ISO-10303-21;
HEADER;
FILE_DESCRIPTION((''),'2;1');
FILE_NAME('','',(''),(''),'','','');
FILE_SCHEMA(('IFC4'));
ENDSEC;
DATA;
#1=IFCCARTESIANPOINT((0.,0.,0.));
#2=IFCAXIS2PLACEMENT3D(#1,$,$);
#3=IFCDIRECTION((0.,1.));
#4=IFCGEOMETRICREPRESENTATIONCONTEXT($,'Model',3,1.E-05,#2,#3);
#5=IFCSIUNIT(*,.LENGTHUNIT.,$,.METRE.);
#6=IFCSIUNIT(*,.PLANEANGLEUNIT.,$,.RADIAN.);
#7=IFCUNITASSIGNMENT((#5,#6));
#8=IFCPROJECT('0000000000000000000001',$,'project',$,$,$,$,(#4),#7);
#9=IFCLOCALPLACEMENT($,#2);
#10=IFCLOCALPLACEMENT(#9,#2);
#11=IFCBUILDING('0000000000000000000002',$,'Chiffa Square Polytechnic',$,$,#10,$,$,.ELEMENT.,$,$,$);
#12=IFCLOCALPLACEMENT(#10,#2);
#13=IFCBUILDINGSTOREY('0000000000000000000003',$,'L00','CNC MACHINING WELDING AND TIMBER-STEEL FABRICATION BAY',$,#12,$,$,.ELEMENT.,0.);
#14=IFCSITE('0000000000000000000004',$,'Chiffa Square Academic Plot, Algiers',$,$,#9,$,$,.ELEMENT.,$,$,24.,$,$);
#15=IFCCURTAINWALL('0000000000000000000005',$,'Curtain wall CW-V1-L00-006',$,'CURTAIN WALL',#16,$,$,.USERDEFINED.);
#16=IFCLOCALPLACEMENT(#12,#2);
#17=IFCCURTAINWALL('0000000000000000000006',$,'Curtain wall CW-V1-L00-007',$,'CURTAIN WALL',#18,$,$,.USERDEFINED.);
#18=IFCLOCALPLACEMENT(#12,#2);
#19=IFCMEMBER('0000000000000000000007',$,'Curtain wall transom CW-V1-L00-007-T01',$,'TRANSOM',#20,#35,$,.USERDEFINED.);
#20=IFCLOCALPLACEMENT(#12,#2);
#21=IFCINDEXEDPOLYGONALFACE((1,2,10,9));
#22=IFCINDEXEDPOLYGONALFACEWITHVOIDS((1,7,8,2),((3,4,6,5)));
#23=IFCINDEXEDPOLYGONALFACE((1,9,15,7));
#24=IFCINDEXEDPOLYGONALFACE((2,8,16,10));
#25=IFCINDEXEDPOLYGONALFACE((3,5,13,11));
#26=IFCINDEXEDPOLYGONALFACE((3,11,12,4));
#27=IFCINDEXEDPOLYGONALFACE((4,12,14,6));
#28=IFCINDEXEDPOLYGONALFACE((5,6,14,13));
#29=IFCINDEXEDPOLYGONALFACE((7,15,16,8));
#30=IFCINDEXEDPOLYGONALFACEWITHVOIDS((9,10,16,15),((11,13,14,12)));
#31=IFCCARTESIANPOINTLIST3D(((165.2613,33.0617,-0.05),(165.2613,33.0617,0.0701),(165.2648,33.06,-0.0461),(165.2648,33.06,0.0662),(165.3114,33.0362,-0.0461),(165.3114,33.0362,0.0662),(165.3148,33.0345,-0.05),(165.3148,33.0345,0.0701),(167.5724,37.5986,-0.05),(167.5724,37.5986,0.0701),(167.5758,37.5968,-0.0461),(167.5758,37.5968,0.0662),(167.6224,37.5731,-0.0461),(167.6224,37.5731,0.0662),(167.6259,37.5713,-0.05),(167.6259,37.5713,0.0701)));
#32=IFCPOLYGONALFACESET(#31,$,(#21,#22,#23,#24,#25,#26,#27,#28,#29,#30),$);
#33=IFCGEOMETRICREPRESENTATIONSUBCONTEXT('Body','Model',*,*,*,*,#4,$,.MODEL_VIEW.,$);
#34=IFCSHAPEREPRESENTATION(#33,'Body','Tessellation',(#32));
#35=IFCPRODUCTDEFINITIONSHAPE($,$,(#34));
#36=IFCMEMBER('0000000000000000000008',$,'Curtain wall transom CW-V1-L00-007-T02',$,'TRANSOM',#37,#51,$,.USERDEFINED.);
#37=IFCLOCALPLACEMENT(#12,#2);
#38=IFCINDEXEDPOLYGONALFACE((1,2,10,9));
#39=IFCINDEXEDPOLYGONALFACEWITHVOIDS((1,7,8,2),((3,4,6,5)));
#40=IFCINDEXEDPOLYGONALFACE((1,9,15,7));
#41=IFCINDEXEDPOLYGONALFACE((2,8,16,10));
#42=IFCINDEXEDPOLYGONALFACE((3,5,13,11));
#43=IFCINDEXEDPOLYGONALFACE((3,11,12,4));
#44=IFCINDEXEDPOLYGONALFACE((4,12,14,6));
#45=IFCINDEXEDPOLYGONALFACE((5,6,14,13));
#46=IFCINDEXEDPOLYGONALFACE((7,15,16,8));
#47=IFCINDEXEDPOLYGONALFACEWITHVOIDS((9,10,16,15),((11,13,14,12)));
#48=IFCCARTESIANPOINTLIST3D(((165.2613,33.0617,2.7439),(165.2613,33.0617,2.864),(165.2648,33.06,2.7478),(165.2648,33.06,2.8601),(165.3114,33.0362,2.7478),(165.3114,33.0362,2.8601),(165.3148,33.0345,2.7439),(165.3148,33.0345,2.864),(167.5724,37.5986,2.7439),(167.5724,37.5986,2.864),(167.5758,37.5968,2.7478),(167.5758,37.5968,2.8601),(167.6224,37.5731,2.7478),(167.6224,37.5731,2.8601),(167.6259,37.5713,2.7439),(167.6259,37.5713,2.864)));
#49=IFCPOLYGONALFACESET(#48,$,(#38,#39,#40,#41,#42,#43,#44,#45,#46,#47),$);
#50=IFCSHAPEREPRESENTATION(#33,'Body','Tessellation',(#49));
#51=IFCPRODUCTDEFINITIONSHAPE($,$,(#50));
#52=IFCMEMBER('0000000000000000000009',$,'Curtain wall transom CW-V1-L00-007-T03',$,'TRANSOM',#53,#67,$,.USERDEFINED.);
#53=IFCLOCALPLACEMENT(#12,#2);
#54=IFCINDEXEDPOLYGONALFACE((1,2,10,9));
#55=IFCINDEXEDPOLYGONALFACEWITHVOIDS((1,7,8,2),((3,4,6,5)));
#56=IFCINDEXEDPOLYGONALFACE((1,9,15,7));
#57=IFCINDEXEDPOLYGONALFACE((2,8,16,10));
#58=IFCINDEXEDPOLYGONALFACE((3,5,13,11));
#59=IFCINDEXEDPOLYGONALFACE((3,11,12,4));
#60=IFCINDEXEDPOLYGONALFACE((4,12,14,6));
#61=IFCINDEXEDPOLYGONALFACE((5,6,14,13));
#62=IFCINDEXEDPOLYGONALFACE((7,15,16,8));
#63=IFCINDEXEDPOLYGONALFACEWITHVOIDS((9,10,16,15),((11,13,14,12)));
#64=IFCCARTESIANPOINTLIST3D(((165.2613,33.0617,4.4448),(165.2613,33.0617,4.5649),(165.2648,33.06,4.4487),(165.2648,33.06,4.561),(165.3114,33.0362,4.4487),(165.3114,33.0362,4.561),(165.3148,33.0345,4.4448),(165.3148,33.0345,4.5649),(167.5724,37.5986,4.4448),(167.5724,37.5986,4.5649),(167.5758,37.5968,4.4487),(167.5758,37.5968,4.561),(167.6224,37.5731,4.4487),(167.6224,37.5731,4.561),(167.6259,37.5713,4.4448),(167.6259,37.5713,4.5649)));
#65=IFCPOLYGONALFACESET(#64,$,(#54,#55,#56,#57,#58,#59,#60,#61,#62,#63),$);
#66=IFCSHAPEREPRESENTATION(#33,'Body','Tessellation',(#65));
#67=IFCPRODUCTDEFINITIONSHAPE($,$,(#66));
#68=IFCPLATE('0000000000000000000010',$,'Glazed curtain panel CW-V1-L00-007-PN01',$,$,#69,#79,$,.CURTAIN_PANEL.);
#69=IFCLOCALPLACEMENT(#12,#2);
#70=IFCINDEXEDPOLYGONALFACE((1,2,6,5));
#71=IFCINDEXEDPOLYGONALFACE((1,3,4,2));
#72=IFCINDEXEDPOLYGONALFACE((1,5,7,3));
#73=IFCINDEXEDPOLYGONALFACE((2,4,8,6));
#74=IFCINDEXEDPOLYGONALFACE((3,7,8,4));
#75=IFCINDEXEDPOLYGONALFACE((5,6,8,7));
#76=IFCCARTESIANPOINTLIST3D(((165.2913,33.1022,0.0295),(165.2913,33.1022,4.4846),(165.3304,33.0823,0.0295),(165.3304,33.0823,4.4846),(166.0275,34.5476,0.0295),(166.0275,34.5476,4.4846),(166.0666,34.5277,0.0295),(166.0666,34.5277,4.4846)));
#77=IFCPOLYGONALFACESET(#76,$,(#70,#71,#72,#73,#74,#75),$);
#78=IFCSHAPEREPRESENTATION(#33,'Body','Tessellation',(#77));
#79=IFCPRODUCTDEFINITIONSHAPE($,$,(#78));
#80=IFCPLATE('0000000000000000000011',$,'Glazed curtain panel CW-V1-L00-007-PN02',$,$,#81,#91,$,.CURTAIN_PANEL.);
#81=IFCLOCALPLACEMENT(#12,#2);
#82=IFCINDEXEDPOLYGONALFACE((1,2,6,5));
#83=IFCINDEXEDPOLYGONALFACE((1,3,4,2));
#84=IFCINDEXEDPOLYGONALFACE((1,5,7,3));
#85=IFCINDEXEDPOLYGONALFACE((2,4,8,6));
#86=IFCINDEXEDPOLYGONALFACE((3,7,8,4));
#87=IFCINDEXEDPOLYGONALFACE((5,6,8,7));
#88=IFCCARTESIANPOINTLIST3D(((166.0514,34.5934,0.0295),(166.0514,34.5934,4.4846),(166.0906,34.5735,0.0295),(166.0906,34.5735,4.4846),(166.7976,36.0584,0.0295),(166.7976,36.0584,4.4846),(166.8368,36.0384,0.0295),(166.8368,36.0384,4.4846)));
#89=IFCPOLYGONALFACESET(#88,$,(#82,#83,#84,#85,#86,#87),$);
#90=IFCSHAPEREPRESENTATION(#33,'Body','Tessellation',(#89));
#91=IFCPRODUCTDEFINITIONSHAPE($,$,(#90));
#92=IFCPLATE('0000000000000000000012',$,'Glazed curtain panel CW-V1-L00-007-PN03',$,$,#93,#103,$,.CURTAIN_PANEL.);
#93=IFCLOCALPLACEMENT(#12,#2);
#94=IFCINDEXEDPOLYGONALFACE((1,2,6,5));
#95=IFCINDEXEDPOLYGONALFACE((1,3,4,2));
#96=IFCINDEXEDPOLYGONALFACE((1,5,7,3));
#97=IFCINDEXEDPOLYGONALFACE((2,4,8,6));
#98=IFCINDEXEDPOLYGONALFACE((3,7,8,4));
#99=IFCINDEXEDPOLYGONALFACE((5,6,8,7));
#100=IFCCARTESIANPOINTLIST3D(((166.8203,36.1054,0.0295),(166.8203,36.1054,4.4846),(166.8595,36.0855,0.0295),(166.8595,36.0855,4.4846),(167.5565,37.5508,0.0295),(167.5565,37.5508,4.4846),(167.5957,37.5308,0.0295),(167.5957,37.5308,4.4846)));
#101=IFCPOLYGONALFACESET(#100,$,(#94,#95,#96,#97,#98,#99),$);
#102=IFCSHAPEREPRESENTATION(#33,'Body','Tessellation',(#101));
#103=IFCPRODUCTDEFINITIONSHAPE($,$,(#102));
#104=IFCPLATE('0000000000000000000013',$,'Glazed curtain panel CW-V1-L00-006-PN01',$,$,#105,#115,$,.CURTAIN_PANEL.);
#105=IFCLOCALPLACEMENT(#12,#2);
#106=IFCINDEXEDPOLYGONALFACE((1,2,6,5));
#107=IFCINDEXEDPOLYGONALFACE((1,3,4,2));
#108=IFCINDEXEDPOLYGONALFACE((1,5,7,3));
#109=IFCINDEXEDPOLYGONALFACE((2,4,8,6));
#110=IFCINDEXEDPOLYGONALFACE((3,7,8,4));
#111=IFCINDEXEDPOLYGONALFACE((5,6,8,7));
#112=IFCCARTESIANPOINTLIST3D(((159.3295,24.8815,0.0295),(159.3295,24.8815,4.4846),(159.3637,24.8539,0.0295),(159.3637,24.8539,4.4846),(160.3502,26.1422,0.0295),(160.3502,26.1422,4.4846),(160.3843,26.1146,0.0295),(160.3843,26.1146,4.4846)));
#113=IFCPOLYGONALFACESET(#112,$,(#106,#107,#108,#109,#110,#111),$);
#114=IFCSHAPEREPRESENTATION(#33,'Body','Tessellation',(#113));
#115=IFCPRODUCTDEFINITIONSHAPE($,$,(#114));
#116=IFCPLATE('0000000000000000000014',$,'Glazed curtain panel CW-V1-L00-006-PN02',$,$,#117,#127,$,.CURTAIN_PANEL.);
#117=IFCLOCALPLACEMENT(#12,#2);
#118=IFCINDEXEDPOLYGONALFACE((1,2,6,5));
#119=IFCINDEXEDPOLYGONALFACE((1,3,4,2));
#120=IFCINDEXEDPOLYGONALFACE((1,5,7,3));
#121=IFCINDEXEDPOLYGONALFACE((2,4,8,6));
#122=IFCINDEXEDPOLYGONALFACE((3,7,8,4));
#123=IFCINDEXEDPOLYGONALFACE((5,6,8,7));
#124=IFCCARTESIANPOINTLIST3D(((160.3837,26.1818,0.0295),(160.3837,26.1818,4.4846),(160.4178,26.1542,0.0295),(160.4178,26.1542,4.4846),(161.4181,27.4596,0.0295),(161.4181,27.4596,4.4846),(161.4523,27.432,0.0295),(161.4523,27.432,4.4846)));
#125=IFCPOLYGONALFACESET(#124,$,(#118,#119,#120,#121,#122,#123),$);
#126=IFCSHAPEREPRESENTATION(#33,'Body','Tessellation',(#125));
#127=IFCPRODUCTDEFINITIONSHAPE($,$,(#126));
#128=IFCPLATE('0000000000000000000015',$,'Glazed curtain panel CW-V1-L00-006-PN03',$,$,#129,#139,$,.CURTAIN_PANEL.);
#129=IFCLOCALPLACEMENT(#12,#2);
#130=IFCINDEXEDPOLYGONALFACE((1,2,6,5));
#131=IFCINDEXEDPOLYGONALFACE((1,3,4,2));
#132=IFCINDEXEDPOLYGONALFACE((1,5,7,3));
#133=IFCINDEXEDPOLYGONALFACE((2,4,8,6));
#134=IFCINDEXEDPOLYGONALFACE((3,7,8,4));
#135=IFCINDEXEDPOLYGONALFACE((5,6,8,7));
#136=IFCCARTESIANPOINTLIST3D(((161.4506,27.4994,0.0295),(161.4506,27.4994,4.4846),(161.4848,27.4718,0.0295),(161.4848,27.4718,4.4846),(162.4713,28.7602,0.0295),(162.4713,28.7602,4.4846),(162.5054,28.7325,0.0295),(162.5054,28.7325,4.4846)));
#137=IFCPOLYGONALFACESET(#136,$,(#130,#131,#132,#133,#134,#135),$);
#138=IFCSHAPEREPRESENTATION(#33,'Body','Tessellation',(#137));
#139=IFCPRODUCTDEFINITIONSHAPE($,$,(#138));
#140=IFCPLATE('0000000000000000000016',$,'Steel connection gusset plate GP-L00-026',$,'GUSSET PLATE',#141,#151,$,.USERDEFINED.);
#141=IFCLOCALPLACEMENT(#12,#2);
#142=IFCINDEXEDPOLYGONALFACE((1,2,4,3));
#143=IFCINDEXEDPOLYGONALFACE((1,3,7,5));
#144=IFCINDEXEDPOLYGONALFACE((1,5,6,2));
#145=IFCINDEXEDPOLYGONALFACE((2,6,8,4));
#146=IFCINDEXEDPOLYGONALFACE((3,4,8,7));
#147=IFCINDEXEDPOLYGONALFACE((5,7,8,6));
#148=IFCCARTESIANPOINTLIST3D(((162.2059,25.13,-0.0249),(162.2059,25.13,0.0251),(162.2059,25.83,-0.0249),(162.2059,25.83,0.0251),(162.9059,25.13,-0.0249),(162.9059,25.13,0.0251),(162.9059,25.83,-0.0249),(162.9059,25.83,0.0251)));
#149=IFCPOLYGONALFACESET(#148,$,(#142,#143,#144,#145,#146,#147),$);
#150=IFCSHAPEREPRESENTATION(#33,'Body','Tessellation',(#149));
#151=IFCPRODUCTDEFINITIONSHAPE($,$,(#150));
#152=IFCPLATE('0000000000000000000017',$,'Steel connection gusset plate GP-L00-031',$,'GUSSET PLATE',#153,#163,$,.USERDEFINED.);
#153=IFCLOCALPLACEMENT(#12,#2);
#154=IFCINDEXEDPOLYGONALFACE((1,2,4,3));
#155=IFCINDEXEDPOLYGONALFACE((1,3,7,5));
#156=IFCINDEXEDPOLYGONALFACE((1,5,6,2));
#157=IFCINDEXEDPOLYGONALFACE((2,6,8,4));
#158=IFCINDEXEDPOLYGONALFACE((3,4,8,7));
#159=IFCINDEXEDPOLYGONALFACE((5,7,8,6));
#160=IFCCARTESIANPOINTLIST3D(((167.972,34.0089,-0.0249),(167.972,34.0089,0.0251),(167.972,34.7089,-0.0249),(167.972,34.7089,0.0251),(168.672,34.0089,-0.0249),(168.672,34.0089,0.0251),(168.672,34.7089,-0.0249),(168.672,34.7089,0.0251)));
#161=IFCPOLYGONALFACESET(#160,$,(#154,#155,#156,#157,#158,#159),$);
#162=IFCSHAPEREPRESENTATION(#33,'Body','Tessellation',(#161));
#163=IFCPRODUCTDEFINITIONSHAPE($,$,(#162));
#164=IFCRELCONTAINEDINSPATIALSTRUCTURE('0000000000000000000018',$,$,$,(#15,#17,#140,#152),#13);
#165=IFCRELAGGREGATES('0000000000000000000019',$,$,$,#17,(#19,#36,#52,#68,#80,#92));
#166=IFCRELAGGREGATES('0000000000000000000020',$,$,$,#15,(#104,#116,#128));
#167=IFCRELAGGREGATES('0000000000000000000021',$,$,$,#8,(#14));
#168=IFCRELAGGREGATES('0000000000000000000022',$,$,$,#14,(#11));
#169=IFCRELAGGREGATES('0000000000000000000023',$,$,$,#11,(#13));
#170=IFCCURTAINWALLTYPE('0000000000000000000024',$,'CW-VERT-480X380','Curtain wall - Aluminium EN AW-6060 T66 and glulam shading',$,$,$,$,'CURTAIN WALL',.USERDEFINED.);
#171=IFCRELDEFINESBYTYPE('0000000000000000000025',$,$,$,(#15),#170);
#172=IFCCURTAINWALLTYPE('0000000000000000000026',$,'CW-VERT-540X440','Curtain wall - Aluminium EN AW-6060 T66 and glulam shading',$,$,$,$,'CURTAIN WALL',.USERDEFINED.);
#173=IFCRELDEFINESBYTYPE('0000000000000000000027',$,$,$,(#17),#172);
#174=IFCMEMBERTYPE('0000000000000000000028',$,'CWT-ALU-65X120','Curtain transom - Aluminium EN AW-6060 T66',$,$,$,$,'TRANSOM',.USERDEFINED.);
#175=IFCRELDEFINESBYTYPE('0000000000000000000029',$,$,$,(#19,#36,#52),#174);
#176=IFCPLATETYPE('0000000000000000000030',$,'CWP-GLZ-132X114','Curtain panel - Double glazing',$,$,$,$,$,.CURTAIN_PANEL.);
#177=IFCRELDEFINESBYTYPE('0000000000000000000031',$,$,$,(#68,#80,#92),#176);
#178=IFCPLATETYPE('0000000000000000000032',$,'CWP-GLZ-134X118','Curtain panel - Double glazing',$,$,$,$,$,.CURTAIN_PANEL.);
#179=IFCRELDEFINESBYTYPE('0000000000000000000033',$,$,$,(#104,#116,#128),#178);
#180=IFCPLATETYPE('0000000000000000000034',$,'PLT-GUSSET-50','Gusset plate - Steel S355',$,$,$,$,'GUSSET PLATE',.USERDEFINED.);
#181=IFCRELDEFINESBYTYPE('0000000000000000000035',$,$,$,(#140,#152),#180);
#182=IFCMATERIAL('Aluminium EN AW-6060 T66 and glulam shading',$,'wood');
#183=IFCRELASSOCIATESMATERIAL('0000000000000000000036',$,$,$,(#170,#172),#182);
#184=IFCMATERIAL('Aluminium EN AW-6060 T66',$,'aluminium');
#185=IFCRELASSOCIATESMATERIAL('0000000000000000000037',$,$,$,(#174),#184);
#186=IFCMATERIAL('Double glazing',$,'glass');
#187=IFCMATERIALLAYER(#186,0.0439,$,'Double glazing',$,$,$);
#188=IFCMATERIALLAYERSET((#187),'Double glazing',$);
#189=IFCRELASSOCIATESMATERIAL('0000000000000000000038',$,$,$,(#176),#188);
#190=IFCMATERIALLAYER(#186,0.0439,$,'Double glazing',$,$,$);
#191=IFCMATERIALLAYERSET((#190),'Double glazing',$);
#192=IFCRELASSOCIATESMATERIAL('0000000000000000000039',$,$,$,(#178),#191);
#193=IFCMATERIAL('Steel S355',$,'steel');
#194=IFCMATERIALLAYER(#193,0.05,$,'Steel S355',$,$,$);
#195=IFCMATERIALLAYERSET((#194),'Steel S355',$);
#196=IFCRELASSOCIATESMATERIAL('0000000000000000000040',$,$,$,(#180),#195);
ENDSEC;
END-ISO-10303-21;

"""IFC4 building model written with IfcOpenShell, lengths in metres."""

from ifc_helpers import new_model, si_unit, direction, frame, origin, origin_2d, place, context, subcontext, project, spatial, rectangle, hollow_rectangle, extrude, material, layer, layer_set, material_profile, profile_set, type_object, element, aggregate, save


model = new_model("IFC4")

# Units and contexts
model_context = context("Model", 3, precision=1e-05, world=origin(), true_north=direction((0.0, 1.0)))
body_context = subcontext(model_context, "Body", "Model", "MODEL_VIEW")
ifc_project = project(units=[si_unit("LENGTHUNIT", "METRE"), si_unit("PLANEANGLEUNIT", "RADIAN")], contexts=[model_context])

# Site, building, storey
site_placement = place(None, origin())
site = spatial("IfcSite", under=ifc_project, at=site_placement, Name="Chiffa Square Academic Plot, Algiers", CompositionType="ELEMENT", RefElevation=24.0)
building_placement = place(site_placement, origin())
building = spatial("IfcBuilding", under=site, at=building_placement, Name="Chiffa Square Polytechnic", CompositionType="ELEMENT")
storey_placement = place(building_placement, origin())
storey = spatial("IfcBuildingStorey", under=building, at=storey_placement, Name="L00", Description="CNC MACHINING WELDING AND TIMBER-STEEL FABRICATION BAY", CompositionType="ELEMENT", Elevation=0.0)

# Shared definitions
ifc_material_1 = material(Name="Steel S355", Category="steel")

# Curtain walls
ifc_material_2 = material(Name="Aluminium EN AW-6060 T66 and glulam shading", Category="wood")
curtain_wall_type_1 = type_object("IfcCurtainWallType", Name="CW-VERT-480X380", Description="Curtain wall - Aluminium EN AW-6060 T66 and glulam shading", ElementType="CURTAIN WALL", PredefinedType="USERDEFINED", material=ifc_material_2)
curtain_wall_1_placement = place(storey_placement, origin())
curtain_wall_1 = element("IfcCurtainWall", 1, at=curtain_wall_1_placement, inside=storey, type_object=curtain_wall_type_1, Name="Curtain wall CW-V1-L00-006", ObjectType="CURTAIN WALL", PredefinedType="USERDEFINED")
ifc_material_3 = material(Name="Aluminium EN AW-6060 T66", Category="aluminium")
curtain_wall_type_2 = type_object("IfcCurtainWallType", Name="CW-VERT-540X440", Description="Curtain wall - Aluminium EN AW-6060 T66 and glulam shading", ElementType="CURTAIN WALL", PredefinedType="USERDEFINED", material=ifc_material_2)
curtain_wall_2_placement = place(storey_placement, origin())
curtain_wall_2 = element("IfcCurtainWall", 2, at=curtain_wall_2_placement, inside=storey, type_object=curtain_wall_type_2, Name="Curtain wall CW-V1-L00-007", ObjectType="CURTAIN WALL", PredefinedType="USERDEFINED")

# Members
ifc_material_profile_1 = material_profile(ifc_material_3, hollow_rectangle(XDim=0.0601, YDim=0.1201, WallThickness=0.0039, at=origin_2d()), Name="ALU 60x120x4")
ifc_profile_set_1 = profile_set([ifc_material_profile_1], Name="Aluminium EN AW-6060 T66")
member_type_1 = type_object("IfcMemberType", Name="CWT-ALU-65X120", Description="Curtain transom - Aluminium EN AW-6060 T66", ElementType="TRANSOM", PredefinedType="USERDEFINED", material=ifc_profile_set_1)
member_1_placement = place(storey_placement, frame((165.2881, 33.0481, 0.01), z_axis=(0.453895, 0.891055, 0.0), x_axis=(-0.891055, 0.453895, 0.0)))
member_1 = element("IfcMember", 3, at=member_1_placement, type_object=member_type_1, Name="Curtain wall transom CW-V1-L00-007-T01", ObjectType="TRANSOM", PredefinedType="USERDEFINED", context=body_context, shape_type="SweptSolid", body=[
    extrude(hollow_rectangle(XDim=0.0601, YDim=0.1201, WallThickness=0.0039, at=origin_2d()), origin(), (0.0, 0.0, 1.0), 5.0916),
])
member_2_placement = place(storey_placement, frame((165.2881, 33.0481, 2.804), z_axis=(0.453895, 0.891055, 0.0), x_axis=(-0.891055, 0.453895, 0.0)))
member_2 = element("IfcMember", 4, at=member_2_placement, type_object=member_type_1, Name="Curtain wall transom CW-V1-L00-007-T02", ObjectType="TRANSOM", PredefinedType="USERDEFINED", context=body_context, shape_type="SweptSolid", body=[
    extrude(hollow_rectangle(XDim=0.0601, YDim=0.1201, WallThickness=0.0039, at=origin_2d()), origin(), (0.0, 0.0, 1.0), 5.0916),
])
member_3_placement = place(storey_placement, frame((165.2881, 33.0481, 4.5049), z_axis=(0.453895, 0.891055, 0.0), x_axis=(-0.891055, 0.453895, 0.0)))
member_3 = element("IfcMember", 5, at=member_3_placement, type_object=member_type_1, Name="Curtain wall transom CW-V1-L00-007-T03", ObjectType="TRANSOM", PredefinedType="USERDEFINED", context=body_context, shape_type="SweptSolid", body=[
    extrude(hollow_rectangle(XDim=0.0601, YDim=0.1201, WallThickness=0.0039, at=origin_2d()), origin(), (0.0, 0.0, 1.0), 5.0916),
])

# Plates
ifc_material_4 = material(Name="Double glazing", Category="glass")
ifc_layer_1 = layer(ifc_material_4, 0.0439, Name="Double glazing")
ifc_layer_set_1 = layer_set([ifc_layer_1], Name="Double glazing")
plate_type_1 = type_object("IfcPlateType", Name="CWP-GLZ-132X114", Description="Curtain panel - Double glazing", PredefinedType="CURTAIN_PANEL", material=ifc_layer_set_1)
plate_1_placement = place(storey_placement, frame((165.679, 33.8149, 0.0295), z_axis=(0.0, 0.0, 1.0), x_axis=(0.453882, 0.891062, 0.0)))
plate_1 = element("IfcPlate", 6, at=plate_1_placement, type_object=plate_type_1, Name="Glazed curtain panel CW-V1-L00-007-PN01", PredefinedType="CURTAIN_PANEL", context=body_context, shape_type="SweptSolid", body=[
    extrude(rectangle(XDim=1.6221, YDim=0.0439, at=origin_2d()), origin(), (0.0, 0.0, 1.0), 4.4551),
])
plate_2_placement = place(storey_placement, frame((166.4441, 35.3159, 0.0295), z_axis=(0.0, 0.0, 1.0), x_axis=(0.453882, 0.891062, 0.0)))
plate_2 = element("IfcPlate", 7, at=plate_2_placement, type_object=plate_type_1, Name="Glazed curtain panel CW-V1-L00-007-PN02", PredefinedType="CURTAIN_PANEL", context=body_context, shape_type="SweptSolid", body=[
    extrude(rectangle(XDim=1.644, YDim=0.0439, at=origin_2d()), origin(), (0.0, 0.0, 1.0), 4.4551),
])
plate_3_placement = place(storey_placement, frame((167.208, 36.8181, 0.0295), z_axis=(0.0, 0.0, 1.0), x_axis=(0.453882, 0.891062, 0.0)))
plate_3 = element("IfcPlate", 8, at=plate_3_placement, type_object=plate_type_1, Name="Glazed curtain panel CW-V1-L00-007-PN03", PredefinedType="CURTAIN_PANEL", context=body_context, shape_type="SweptSolid", body=[
    extrude(rectangle(XDim=1.6221, YDim=0.0439, at=origin_2d()), origin(), (0.0, 0.0, 1.0), 4.4551),
])
aggregate(curtain_wall_2, [member_1, member_2, member_3, plate_1, plate_2, plate_3])
ifc_layer_2 = layer(ifc_material_4, 0.0439, Name="Double glazing")
ifc_layer_set_2 = layer_set([ifc_layer_2], Name="Double glazing")
plate_type_2 = type_object("IfcPlateType", Name="CWP-GLZ-134X118", Description="Curtain panel - Double glazing", PredefinedType="CURTAIN_PANEL", material=ifc_layer_set_2)
plate_4_placement = place(storey_placement, frame((159.8569, 25.498, 0.0295), z_axis=(0.0, 0.0, 1.0), x_axis=(0.629212, 0.777234, 0.0)))
plate_4 = element("IfcPlate", 9, at=plate_4_placement, type_object=plate_type_2, Name="Glazed curtain panel CW-V1-L00-006-PN01", PredefinedType="CURTAIN_PANEL", context=body_context, shape_type="SweptSolid", body=[
    extrude(rectangle(XDim=1.6221, YDim=0.0439, at=origin_2d()), origin(), (0.0, 0.0, 1.0), 4.4551),
])
plate_5_placement = place(storey_placement, frame((160.918, 26.8069, 0.0295), z_axis=(0.0, 0.0, 1.0), x_axis=(0.629212, 0.777234, 0.0)))
plate_5 = element("IfcPlate", 10, at=plate_5_placement, type_object=plate_type_2, Name="Glazed curtain panel CW-V1-L00-006-PN02", PredefinedType="CURTAIN_PANEL", context=body_context, shape_type="SweptSolid", body=[
    extrude(rectangle(XDim=1.644, YDim=0.0439, at=origin_2d()), origin(), (0.0, 0.0, 1.0), 4.4551),
])
plate_6_placement = place(storey_placement, frame((161.978, 28.116, 0.0295), z_axis=(0.0, 0.0, 1.0), x_axis=(0.629212, 0.777234, 0.0)))
plate_6 = element("IfcPlate", 11, at=plate_6_placement, type_object=plate_type_2, Name="Glazed curtain panel CW-V1-L00-006-PN03", PredefinedType="CURTAIN_PANEL", context=body_context, shape_type="SweptSolid", body=[
    extrude(rectangle(XDim=1.6221, YDim=0.0439, at=origin_2d()), origin(), (0.0, 0.0, 1.0), 4.4551),
])
aggregate(curtain_wall_1, [plate_4, plate_5, plate_6])

# Plates
ifc_layer_3 = layer(ifc_material_1, 0.05, Name="Steel S355")
ifc_layer_set_3 = layer_set([ifc_layer_3], Name="Steel S355")
plate_type_3 = type_object("IfcPlateType", Name="PLT-GUSSET-50", Description="Gusset plate - Steel S355", ElementType="GUSSET PLATE", PredefinedType="USERDEFINED", material=ifc_layer_set_3)
for number, where, z_axis, x_axis, name in (
    (12, (162.5559, 25.48, -0.0249), (0.0, 0.0, 1.0), (1.0, 0.0, 0.0), "Steel connection gusset plate GP-L00-026"),
    (13, (168.322, 34.3589, -0.0249), (0.0, 0.0, 1.0), (1.0, 0.0, 0.0), "Steel connection gusset plate GP-L00-031"),
):
    element("IfcPlate", number, at=place(storey_placement, frame(where, z_axis=z_axis, x_axis=x_axis)), inside=storey, type_object=plate_type_3, Name=name, ObjectType="GUSSET PLATE", PredefinedType="USERDEFINED", context=body_context, shape_type="SweptSolid", body=[
        extrude(rectangle(XDim=0.7, YDim=0.7, at=origin_2d()), origin(), (0.0, 0.0, 1.0), 0.05),
    ])

save(model, "model.ifc")
